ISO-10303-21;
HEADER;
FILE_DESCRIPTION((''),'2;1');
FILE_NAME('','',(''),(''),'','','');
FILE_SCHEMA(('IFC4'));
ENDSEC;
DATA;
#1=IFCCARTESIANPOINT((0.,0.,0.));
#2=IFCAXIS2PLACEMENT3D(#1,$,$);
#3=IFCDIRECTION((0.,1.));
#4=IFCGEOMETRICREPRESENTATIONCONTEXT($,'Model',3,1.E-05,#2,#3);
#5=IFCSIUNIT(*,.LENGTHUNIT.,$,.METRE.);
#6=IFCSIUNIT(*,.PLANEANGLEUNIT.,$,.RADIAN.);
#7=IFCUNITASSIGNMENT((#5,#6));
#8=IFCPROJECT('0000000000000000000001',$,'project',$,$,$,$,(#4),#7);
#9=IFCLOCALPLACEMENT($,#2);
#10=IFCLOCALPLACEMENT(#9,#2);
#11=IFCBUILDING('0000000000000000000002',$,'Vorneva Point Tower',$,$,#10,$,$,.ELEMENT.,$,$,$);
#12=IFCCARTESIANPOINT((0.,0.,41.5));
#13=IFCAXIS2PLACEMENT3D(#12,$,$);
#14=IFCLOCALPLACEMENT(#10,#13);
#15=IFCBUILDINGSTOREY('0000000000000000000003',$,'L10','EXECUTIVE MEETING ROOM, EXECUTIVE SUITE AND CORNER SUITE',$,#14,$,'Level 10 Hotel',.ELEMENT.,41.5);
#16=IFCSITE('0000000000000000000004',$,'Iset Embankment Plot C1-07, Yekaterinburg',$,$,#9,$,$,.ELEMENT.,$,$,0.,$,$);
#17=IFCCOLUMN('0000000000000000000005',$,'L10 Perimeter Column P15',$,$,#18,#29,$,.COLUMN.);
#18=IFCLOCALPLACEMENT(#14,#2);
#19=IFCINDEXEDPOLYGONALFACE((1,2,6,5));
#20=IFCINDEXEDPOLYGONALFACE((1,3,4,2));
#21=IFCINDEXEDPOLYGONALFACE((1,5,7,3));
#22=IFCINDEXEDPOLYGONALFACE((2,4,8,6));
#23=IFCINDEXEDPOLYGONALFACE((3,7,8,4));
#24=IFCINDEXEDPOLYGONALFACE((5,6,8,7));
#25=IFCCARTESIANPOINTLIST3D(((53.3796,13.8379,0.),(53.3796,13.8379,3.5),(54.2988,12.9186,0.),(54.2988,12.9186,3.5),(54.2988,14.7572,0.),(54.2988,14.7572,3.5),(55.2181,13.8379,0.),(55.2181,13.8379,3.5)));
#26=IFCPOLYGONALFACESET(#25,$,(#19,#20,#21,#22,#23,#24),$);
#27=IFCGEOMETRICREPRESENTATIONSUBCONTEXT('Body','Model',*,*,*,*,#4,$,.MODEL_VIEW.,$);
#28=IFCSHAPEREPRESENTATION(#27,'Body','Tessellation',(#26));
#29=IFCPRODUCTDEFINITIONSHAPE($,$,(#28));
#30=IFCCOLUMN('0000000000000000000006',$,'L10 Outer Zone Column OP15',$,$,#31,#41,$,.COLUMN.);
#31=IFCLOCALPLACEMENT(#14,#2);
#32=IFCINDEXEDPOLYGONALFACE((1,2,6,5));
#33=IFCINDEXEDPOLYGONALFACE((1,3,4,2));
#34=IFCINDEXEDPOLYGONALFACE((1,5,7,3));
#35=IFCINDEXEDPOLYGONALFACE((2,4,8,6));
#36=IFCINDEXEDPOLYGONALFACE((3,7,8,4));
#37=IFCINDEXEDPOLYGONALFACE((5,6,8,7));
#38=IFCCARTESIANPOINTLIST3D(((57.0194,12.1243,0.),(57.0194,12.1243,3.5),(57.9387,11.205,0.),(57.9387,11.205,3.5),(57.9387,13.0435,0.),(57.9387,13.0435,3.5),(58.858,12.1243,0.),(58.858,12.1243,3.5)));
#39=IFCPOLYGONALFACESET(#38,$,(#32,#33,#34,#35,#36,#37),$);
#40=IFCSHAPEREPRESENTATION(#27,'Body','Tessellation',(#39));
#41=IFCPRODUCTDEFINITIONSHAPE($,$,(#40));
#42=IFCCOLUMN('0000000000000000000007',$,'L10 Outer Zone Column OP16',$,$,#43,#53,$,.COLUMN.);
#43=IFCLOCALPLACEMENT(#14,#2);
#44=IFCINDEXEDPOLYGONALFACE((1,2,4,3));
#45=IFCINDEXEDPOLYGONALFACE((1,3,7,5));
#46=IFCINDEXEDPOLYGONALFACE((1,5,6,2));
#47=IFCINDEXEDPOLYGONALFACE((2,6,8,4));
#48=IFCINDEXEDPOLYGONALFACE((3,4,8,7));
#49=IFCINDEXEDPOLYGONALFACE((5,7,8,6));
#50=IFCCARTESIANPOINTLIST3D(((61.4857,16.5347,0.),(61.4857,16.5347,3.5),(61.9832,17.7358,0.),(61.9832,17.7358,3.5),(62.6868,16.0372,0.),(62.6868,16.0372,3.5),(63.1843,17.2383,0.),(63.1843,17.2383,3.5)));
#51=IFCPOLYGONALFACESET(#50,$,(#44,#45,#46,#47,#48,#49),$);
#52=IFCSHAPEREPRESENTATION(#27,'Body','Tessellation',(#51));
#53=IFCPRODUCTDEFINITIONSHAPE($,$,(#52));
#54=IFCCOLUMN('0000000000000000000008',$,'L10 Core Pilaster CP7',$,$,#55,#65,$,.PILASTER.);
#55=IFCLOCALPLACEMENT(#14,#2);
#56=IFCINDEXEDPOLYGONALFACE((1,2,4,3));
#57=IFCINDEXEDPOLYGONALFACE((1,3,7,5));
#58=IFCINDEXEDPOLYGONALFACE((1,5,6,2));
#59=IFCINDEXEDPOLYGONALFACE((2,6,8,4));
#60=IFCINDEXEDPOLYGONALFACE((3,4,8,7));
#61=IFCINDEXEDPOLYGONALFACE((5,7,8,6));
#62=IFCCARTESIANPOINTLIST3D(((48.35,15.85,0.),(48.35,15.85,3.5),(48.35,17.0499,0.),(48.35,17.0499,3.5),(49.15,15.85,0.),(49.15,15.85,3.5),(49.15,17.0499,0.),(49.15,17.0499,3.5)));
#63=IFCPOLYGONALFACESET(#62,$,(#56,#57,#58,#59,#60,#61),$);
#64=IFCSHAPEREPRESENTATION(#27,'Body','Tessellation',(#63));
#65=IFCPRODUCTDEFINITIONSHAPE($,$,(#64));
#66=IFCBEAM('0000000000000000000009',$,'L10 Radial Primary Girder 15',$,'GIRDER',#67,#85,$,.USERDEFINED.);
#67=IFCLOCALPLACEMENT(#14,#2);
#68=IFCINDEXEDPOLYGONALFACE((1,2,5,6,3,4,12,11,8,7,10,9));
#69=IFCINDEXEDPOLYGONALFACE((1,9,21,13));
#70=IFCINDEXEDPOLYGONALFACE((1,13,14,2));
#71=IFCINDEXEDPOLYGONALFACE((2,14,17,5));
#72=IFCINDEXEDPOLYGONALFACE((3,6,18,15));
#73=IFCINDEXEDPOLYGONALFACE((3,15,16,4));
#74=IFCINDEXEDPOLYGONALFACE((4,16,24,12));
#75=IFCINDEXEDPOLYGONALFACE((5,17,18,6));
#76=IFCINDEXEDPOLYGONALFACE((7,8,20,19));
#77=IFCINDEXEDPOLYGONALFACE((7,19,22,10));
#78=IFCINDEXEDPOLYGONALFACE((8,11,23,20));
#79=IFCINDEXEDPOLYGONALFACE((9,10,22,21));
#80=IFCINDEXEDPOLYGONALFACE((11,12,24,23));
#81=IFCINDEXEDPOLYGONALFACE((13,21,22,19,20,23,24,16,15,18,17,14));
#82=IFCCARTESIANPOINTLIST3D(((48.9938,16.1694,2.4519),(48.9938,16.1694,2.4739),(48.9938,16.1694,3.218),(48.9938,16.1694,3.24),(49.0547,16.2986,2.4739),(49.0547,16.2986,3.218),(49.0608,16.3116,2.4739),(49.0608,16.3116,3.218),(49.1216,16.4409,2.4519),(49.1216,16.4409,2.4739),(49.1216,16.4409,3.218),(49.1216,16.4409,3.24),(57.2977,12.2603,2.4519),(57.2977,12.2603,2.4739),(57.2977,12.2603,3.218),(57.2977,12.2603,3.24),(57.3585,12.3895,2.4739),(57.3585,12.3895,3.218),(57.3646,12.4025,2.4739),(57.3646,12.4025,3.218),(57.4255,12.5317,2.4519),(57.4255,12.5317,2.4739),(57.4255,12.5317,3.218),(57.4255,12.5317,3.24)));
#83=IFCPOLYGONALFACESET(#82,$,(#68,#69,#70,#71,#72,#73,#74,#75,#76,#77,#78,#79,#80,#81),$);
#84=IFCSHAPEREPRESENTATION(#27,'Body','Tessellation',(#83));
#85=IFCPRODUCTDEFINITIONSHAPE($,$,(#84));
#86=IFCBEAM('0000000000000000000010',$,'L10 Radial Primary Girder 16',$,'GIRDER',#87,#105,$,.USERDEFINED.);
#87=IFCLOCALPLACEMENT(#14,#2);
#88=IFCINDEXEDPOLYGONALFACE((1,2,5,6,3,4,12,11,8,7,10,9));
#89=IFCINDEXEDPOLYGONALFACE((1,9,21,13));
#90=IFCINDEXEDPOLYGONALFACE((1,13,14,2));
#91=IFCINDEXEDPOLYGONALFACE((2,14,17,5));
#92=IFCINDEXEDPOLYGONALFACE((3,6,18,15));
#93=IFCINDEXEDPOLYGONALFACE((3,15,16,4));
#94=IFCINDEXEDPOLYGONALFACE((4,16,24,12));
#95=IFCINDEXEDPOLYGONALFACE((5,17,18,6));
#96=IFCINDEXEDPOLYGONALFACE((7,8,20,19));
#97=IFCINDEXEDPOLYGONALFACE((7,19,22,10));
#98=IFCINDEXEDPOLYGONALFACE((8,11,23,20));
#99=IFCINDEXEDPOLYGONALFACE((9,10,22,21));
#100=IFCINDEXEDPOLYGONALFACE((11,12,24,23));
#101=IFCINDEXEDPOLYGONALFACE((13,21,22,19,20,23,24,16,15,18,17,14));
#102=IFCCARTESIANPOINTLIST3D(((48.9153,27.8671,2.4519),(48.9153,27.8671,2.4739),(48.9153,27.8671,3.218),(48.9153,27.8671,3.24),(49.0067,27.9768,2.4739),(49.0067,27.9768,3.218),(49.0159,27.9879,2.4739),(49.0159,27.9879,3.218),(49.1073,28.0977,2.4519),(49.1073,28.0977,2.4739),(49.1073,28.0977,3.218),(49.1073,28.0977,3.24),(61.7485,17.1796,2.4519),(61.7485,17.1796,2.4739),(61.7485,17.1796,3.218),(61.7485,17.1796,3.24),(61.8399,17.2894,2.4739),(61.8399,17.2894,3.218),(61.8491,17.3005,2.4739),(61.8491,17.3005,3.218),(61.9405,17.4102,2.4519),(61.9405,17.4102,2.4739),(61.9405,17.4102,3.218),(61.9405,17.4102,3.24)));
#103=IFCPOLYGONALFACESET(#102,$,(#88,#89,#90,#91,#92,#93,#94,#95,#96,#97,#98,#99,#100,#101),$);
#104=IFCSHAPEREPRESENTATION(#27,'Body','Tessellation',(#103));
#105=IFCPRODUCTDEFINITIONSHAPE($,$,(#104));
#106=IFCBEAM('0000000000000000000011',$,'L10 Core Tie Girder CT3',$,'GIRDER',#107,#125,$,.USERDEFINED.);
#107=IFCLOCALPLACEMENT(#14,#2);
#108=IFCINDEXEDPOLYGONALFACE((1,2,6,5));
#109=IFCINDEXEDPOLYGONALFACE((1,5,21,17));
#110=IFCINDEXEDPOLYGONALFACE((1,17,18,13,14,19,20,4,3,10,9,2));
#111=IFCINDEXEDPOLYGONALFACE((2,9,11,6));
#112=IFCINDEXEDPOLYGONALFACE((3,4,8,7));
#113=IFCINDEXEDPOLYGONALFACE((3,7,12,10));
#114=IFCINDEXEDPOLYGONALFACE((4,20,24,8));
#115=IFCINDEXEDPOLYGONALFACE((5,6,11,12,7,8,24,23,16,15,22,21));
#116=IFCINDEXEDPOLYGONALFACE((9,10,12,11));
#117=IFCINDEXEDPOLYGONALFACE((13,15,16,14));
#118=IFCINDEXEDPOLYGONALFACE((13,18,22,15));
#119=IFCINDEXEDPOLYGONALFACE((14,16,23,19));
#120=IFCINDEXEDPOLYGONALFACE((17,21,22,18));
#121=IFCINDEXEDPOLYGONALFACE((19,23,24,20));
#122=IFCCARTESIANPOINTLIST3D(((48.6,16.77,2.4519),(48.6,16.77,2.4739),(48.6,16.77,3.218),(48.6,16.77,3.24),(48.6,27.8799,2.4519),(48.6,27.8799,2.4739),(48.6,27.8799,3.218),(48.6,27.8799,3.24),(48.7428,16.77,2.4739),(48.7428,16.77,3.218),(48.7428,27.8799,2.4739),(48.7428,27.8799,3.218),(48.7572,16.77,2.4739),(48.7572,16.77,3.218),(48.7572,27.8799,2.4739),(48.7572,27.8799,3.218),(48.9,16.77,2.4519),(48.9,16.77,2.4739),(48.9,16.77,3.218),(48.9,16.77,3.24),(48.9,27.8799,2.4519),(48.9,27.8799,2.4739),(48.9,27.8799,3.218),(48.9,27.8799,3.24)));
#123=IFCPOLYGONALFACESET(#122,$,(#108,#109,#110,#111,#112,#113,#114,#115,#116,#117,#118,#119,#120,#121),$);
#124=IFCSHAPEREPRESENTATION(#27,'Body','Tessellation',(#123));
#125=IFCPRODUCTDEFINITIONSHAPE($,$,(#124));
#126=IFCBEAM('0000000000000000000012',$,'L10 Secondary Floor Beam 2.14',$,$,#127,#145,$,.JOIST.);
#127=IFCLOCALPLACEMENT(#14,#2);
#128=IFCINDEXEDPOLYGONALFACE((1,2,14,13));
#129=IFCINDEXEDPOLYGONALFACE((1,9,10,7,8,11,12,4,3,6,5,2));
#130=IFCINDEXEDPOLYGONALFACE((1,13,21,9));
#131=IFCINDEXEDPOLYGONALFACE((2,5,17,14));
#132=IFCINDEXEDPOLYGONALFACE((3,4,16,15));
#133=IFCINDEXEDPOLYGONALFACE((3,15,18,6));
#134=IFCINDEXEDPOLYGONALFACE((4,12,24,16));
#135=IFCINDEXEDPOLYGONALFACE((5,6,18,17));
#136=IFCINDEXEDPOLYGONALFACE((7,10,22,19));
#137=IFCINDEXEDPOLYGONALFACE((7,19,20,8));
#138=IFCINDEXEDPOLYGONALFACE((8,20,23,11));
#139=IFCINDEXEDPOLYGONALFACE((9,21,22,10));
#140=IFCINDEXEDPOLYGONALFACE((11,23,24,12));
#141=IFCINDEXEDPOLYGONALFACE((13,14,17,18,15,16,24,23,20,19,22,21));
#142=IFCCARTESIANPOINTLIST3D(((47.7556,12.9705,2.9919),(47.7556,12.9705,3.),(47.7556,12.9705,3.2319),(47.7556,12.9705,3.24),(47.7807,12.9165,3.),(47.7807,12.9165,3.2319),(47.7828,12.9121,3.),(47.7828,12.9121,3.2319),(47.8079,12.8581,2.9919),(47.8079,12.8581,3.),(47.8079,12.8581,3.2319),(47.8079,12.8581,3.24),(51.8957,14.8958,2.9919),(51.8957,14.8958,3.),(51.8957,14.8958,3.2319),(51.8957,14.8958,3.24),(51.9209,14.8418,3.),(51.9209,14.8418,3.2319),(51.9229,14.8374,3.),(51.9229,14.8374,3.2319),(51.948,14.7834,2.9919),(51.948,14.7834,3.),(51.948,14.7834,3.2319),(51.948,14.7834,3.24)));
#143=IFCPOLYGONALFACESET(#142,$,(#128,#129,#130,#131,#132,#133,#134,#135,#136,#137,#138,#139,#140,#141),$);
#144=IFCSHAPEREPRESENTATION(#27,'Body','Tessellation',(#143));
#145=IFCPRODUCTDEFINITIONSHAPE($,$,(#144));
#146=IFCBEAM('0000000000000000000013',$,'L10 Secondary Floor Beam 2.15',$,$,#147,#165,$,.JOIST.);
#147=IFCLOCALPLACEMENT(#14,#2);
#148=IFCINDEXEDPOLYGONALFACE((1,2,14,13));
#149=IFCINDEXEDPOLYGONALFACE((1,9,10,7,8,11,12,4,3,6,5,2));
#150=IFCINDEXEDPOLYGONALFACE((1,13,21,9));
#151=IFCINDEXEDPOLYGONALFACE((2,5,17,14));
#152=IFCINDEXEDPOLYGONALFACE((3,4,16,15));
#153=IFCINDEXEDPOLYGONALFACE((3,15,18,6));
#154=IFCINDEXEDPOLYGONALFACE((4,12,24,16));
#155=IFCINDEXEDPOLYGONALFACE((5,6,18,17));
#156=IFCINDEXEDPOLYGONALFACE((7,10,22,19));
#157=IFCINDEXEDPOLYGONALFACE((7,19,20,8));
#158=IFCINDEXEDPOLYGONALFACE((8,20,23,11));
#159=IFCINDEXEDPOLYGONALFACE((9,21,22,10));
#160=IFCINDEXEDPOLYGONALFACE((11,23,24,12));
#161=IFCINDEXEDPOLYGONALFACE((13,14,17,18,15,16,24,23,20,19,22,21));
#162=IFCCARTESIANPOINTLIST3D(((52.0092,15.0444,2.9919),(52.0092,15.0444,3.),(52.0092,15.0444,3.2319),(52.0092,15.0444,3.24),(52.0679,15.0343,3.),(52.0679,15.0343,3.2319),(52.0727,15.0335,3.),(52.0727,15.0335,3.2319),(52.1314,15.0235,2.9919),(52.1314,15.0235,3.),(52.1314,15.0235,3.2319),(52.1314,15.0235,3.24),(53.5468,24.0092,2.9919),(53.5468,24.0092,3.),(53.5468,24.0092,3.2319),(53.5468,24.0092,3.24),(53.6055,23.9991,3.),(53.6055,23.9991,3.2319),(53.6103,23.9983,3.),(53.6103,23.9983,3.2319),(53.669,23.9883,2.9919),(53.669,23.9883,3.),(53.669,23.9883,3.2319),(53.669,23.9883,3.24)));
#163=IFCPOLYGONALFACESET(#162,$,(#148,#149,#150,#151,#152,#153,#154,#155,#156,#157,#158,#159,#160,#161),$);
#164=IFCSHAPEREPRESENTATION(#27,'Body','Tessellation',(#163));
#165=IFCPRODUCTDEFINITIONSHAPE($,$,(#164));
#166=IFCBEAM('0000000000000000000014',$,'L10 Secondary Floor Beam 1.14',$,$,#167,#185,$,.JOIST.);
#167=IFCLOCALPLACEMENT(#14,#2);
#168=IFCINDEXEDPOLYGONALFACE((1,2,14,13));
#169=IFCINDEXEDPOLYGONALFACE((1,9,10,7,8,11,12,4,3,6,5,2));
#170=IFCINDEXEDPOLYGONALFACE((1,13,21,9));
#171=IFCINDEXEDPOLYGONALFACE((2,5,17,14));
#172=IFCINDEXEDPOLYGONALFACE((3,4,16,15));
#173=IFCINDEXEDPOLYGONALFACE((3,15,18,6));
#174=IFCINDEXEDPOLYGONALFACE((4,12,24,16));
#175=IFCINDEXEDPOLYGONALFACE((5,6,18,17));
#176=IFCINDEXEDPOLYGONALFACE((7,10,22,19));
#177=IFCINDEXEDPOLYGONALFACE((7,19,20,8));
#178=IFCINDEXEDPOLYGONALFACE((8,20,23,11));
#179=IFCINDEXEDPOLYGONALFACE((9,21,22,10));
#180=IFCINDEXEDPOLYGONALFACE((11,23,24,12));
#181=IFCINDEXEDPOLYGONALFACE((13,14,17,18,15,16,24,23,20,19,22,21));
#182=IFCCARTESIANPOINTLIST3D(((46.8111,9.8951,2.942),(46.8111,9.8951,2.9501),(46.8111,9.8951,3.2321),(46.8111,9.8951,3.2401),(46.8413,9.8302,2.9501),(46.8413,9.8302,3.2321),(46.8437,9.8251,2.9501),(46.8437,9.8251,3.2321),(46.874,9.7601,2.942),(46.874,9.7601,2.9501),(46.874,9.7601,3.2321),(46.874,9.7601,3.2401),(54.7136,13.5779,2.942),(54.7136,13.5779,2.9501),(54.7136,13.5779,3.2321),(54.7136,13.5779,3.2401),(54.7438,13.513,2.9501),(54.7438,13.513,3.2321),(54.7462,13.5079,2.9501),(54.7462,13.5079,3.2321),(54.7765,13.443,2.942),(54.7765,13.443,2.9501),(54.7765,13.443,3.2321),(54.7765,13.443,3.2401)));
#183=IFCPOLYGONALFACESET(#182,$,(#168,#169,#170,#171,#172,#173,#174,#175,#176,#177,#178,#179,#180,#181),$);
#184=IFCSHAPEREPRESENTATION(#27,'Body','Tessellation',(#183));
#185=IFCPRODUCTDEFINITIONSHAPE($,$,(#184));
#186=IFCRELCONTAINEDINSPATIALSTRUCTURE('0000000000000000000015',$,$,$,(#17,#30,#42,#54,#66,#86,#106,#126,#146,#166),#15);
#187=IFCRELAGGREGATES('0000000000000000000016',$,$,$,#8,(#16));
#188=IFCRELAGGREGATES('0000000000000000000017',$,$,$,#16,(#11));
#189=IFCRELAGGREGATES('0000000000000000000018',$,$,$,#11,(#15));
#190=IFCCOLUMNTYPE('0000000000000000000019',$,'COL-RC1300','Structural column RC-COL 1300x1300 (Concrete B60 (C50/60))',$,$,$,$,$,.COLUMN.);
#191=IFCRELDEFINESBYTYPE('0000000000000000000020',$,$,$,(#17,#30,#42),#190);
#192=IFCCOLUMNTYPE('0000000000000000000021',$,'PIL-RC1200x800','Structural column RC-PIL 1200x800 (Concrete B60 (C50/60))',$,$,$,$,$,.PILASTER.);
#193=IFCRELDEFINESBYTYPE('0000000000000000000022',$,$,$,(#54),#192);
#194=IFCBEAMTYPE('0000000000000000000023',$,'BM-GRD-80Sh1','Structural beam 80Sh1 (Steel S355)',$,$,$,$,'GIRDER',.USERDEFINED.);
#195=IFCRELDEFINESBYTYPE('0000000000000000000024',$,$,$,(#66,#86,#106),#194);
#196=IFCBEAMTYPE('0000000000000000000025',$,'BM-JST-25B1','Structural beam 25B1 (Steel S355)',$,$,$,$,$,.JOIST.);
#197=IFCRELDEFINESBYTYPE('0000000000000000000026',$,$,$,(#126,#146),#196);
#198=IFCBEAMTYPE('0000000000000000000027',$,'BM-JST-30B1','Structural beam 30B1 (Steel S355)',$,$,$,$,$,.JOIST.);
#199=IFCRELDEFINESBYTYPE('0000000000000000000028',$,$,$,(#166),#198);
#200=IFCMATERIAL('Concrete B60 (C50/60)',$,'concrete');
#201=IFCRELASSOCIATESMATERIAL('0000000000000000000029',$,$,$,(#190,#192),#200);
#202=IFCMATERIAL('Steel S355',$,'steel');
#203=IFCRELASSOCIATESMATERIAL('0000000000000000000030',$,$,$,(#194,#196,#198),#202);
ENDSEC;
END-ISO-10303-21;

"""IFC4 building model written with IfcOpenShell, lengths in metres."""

from ifc_helpers import new_model, si_unit, direction, frame, origin, origin_2d, place, context, subcontext, project, spatial, rectangle, i_section, extrude, material, material_profile, profile_set, type_object, element, save


model = new_model("IFC4")

# Units and contexts
model_context = context("Model", 3, precision=1e-05, world=origin(), true_north=direction((0.0, 1.0)))
body_context = subcontext(model_context, "Body", "Model", "MODEL_VIEW")
ifc_project = project(units=[si_unit("LENGTHUNIT", "METRE"), si_unit("PLANEANGLEUNIT", "RADIAN")], contexts=[model_context])

# Site, building, storey
site_placement = place(None, origin())
site = spatial("IfcSite", under=ifc_project, at=site_placement, Name="Iset Embankment Plot C1-07, Yekaterinburg", CompositionType="ELEMENT", RefElevation=0.0)
building_placement = place(site_placement, origin())
building = spatial("IfcBuilding", under=site, at=building_placement, Name="Vorneva Point Tower", CompositionType="ELEMENT")
storey_placement = place(building_placement, frame((0.0, 0.0, 41.5)))
storey = spatial("IfcBuildingStorey", under=building, at=storey_placement, Name="L10", Description="EXECUTIVE MEETING ROOM, EXECUTIVE SUITE AND CORNER SUITE", LongName="Level 10 Hotel", CompositionType="ELEMENT", Elevation=41.5)

# Columns
ifc_material_1 = material(Name="Concrete B60 (C50/60)", Category="concrete")
ifc_material_profile_1 = material_profile(ifc_material_1, rectangle(XDim=1.3, YDim=1.3, at=origin_2d()), Name="RC-COL 1300x1300")
ifc_profile_set_1 = profile_set([ifc_material_profile_1], Name="Concrete B60 (C50/60)")
column_type_1 = type_object("IfcColumnType", Name="COL-RC1300", Description="Structural column RC-COL 1300x1300 (Concrete B60 (C50/60))", PredefinedType="COLUMN", material=ifc_profile_set_1)
for number, where, z_axis, x_axis, name in (
    (1, (54.2988, 13.8379, 0.0), (0.0, 0.0, 1.0), (0.707107, -0.707107, 0.0), "L10 Perimeter Column P15"),
    (2, (57.9387, 12.1243, 0.0), (0.0, 0.0, 1.0), (0.707107, -0.707107, 0.0), "L10 Outer Zone Column OP15"),
    (3, (62.335, 16.8865, 0.0), (0.0, 0.0, 1.0), (0.92388, -0.382683, 0.0), "L10 Outer Zone Column OP16"),
):
    element("IfcColumn", number, at=place(storey_placement, frame(where, z_axis=z_axis, x_axis=x_axis)), inside=storey, type_object=column_type_1, Name=name, PredefinedType="COLUMN", context=body_context, shape_type="SweptSolid", body=[
        extrude(rectangle(XDim=1.3, YDim=1.3, at=origin_2d()), origin(), (0.0, 0.0, 1.0), 3.5),
    ])
ifc_material_profile_2 = material_profile(ifc_material_1, rectangle(XDim=0.8, YDim=1.2, at=origin_2d()), Name="RC-PIL 1200x800")
ifc_profile_set_2 = profile_set([ifc_material_profile_2], Name="Concrete B60 (C50/60)")
column_type_2 = type_object("IfcColumnType", Name="PIL-RC1200x800", Description="Structural column RC-PIL 1200x800 (Concrete B60 (C50/60))", PredefinedType="PILASTER", material=ifc_profile_set_2)
column_placement = place(storey_placement, frame((48.75, 16.45, 0.0), z_axis=(0.0, 0.0, 1.0), x_axis=(1.0, 0.0, 0.0)))
element("IfcColumn", 4, at=column_placement, inside=storey, type_object=column_type_2, Name="L10 Core Pilaster CP7", PredefinedType="PILASTER", context=body_context, shape_type="SweptSolid", body=[
    extrude(rectangle(XDim=0.8, YDim=1.2, at=origin_2d()), origin(), (0.0, 0.0, 1.0), 3.5),
])

# Beams
ifc_material_2 = material(Name="Steel S355", Category="steel")
ifc_material_profile_3 = material_profile(ifc_material_2, i_section(OverallWidth=0.3, OverallDepth=0.7881, WebThickness=0.0144, FlangeThickness=0.022, at=origin_2d()), Name="80Sh1")
ifc_profile_set_3 = profile_set([ifc_material_profile_3], Name="Steel S355")
beam_type_1 = type_object("IfcBeamType", Name="BM-GRD-80Sh1", Description="Structural beam 80Sh1 (Steel S355)", ElementType="GIRDER", PredefinedType="USERDEFINED", material=ifc_profile_set_3)
beam_1_placement = place(storey_placement, frame((57.3616, 12.396, 2.8459), z_axis=(-0.904758, 0.425925, 0.0), x_axis=(-0.425925, -0.904758, 0.0)))
element("IfcBeam", 5, at=beam_1_placement, inside=storey, type_object=beam_type_1, Name="L10 Radial Primary Girder 15", ObjectType="GIRDER", PredefinedType="USERDEFINED", context=body_context, shape_type="SweptSolid", body=[
    extrude(i_section(OverallWidth=0.3, OverallDepth=0.7881, WebThickness=0.0144, FlangeThickness=0.022, at=origin_2d()), origin(), (0.0, 0.0, 1.0), 9.178),
])
beam_2_placement = place(storey_placement, frame((61.8445, 17.2949, 2.8459), z_axis=(-0.768424, 0.639941, 0.0), x_axis=(-0.639941, -0.768424, 0.0)))
element("IfcBeam", 6, at=beam_2_placement, inside=storey, type_object=beam_type_1, Name="L10 Radial Primary Girder 16", ObjectType="GIRDER", PredefinedType="USERDEFINED", context=body_context, shape_type="SweptSolid", body=[
    extrude(i_section(OverallWidth=0.3, OverallDepth=0.7881, WebThickness=0.0144, FlangeThickness=0.022, at=origin_2d()), origin(), (0.0, 0.0, 1.0), 16.7007),
])
beam_3_placement = place(storey_placement, frame((48.75, 16.77, 2.8459), z_axis=(0.0, 1.0, 0.0), x_axis=(-1.0, 0.0, 0.0)))
element("IfcBeam", 7, at=beam_3_placement, inside=storey, type_object=beam_type_1, Name="L10 Core Tie Girder CT3", ObjectType="GIRDER", PredefinedType="USERDEFINED", context=body_context, shape_type="SweptSolid", body=[
    extrude(i_section(OverallWidth=0.3, OverallDepth=0.7881, WebThickness=0.0144, FlangeThickness=0.022, at=origin_2d()), origin(), (0.0, 0.0, 1.0), 11.1099),
])
ifc_material_profile_4 = material_profile(ifc_material_2, i_section(OverallWidth=0.124, OverallDepth=0.248, WebThickness=0.0049, FlangeThickness=0.0081, at=origin_2d()), Name="25B1")
ifc_profile_set_4 = profile_set([ifc_material_profile_4], Name="Steel S355")
beam_type_2 = type_object("IfcBeamType", Name="BM-JST-25B1", Description="Structural beam 25B1 (Steel S355)", PredefinedType="JOIST", material=ifc_profile_set_4)
beam_4_placement = place(storey_placement, frame((47.7817, 12.9143, 3.116), z_axis=(0.906751, 0.421667, 0.0), x_axis=(-0.421667, 0.906751, 0.0)))
element("IfcBeam", 8, at=beam_4_placement, inside=storey, type_object=beam_type_2, Name="L10 Secondary Floor Beam 2.14", PredefinedType="JOIST", context=body_context, shape_type="SweptSolid", body=[
    extrude(i_section(OverallWidth=0.124, OverallDepth=0.248, WebThickness=0.0049, FlangeThickness=0.0081, at=origin_2d()), origin(), (0.0, 0.0, 1.0), 4.5659),
])
beam_5_placement = place(storey_placement, frame((52.0703, 15.0339, 3.116), z_axis=(0.169046, 0.985608, 0.0), x_axis=(-0.985608, 0.169046, 0.0)))
element("IfcBeam", 9, at=beam_5_placement, inside=storey, type_object=beam_type_2, Name="L10 Secondary Floor Beam 2.15", PredefinedType="JOIST", context=body_context, shape_type="SweptSolid", body=[
    extrude(i_section(OverallWidth=0.124, OverallDepth=0.248, WebThickness=0.0049, FlangeThickness=0.0081, at=origin_2d()), origin(), (0.0, 0.0, 1.0), 9.0957),
])
ifc_material_profile_5 = material_profile(ifc_material_2, i_section(OverallWidth=0.1489, OverallDepth=0.2981, WebThickness=0.0056, FlangeThickness=0.0081, at=origin_2d()), Name="30B1")
ifc_profile_set_5 = profile_set([ifc_material_profile_5], Name="Steel S355")
beam_type_3 = type_object("IfcBeamType", Name="BM-JST-30B1", Description="Structural beam 30B1 (Steel S355)", PredefinedType="JOIST", material=ifc_profile_set_5)
beam_6_placement = place(storey_placement, frame((46.8425, 9.8276, 3.0911), z_axis=(0.906403, 0.422413, 0.0), x_axis=(-0.422413, 0.906403, 0.0)))
element("IfcBeam", 10, at=beam_6_placement, inside=storey, type_object=beam_type_3, Name="L10 Secondary Floor Beam 1.14", PredefinedType="JOIST", context=body_context, shape_type="SweptSolid", body=[
    extrude(i_section(OverallWidth=0.1489, OverallDepth=0.2981, WebThickness=0.0056, FlangeThickness=0.0081, at=origin_2d()), origin(), (0.0, 0.0, 1.0), 8.7185),
])

save(model, "model.ifc")
